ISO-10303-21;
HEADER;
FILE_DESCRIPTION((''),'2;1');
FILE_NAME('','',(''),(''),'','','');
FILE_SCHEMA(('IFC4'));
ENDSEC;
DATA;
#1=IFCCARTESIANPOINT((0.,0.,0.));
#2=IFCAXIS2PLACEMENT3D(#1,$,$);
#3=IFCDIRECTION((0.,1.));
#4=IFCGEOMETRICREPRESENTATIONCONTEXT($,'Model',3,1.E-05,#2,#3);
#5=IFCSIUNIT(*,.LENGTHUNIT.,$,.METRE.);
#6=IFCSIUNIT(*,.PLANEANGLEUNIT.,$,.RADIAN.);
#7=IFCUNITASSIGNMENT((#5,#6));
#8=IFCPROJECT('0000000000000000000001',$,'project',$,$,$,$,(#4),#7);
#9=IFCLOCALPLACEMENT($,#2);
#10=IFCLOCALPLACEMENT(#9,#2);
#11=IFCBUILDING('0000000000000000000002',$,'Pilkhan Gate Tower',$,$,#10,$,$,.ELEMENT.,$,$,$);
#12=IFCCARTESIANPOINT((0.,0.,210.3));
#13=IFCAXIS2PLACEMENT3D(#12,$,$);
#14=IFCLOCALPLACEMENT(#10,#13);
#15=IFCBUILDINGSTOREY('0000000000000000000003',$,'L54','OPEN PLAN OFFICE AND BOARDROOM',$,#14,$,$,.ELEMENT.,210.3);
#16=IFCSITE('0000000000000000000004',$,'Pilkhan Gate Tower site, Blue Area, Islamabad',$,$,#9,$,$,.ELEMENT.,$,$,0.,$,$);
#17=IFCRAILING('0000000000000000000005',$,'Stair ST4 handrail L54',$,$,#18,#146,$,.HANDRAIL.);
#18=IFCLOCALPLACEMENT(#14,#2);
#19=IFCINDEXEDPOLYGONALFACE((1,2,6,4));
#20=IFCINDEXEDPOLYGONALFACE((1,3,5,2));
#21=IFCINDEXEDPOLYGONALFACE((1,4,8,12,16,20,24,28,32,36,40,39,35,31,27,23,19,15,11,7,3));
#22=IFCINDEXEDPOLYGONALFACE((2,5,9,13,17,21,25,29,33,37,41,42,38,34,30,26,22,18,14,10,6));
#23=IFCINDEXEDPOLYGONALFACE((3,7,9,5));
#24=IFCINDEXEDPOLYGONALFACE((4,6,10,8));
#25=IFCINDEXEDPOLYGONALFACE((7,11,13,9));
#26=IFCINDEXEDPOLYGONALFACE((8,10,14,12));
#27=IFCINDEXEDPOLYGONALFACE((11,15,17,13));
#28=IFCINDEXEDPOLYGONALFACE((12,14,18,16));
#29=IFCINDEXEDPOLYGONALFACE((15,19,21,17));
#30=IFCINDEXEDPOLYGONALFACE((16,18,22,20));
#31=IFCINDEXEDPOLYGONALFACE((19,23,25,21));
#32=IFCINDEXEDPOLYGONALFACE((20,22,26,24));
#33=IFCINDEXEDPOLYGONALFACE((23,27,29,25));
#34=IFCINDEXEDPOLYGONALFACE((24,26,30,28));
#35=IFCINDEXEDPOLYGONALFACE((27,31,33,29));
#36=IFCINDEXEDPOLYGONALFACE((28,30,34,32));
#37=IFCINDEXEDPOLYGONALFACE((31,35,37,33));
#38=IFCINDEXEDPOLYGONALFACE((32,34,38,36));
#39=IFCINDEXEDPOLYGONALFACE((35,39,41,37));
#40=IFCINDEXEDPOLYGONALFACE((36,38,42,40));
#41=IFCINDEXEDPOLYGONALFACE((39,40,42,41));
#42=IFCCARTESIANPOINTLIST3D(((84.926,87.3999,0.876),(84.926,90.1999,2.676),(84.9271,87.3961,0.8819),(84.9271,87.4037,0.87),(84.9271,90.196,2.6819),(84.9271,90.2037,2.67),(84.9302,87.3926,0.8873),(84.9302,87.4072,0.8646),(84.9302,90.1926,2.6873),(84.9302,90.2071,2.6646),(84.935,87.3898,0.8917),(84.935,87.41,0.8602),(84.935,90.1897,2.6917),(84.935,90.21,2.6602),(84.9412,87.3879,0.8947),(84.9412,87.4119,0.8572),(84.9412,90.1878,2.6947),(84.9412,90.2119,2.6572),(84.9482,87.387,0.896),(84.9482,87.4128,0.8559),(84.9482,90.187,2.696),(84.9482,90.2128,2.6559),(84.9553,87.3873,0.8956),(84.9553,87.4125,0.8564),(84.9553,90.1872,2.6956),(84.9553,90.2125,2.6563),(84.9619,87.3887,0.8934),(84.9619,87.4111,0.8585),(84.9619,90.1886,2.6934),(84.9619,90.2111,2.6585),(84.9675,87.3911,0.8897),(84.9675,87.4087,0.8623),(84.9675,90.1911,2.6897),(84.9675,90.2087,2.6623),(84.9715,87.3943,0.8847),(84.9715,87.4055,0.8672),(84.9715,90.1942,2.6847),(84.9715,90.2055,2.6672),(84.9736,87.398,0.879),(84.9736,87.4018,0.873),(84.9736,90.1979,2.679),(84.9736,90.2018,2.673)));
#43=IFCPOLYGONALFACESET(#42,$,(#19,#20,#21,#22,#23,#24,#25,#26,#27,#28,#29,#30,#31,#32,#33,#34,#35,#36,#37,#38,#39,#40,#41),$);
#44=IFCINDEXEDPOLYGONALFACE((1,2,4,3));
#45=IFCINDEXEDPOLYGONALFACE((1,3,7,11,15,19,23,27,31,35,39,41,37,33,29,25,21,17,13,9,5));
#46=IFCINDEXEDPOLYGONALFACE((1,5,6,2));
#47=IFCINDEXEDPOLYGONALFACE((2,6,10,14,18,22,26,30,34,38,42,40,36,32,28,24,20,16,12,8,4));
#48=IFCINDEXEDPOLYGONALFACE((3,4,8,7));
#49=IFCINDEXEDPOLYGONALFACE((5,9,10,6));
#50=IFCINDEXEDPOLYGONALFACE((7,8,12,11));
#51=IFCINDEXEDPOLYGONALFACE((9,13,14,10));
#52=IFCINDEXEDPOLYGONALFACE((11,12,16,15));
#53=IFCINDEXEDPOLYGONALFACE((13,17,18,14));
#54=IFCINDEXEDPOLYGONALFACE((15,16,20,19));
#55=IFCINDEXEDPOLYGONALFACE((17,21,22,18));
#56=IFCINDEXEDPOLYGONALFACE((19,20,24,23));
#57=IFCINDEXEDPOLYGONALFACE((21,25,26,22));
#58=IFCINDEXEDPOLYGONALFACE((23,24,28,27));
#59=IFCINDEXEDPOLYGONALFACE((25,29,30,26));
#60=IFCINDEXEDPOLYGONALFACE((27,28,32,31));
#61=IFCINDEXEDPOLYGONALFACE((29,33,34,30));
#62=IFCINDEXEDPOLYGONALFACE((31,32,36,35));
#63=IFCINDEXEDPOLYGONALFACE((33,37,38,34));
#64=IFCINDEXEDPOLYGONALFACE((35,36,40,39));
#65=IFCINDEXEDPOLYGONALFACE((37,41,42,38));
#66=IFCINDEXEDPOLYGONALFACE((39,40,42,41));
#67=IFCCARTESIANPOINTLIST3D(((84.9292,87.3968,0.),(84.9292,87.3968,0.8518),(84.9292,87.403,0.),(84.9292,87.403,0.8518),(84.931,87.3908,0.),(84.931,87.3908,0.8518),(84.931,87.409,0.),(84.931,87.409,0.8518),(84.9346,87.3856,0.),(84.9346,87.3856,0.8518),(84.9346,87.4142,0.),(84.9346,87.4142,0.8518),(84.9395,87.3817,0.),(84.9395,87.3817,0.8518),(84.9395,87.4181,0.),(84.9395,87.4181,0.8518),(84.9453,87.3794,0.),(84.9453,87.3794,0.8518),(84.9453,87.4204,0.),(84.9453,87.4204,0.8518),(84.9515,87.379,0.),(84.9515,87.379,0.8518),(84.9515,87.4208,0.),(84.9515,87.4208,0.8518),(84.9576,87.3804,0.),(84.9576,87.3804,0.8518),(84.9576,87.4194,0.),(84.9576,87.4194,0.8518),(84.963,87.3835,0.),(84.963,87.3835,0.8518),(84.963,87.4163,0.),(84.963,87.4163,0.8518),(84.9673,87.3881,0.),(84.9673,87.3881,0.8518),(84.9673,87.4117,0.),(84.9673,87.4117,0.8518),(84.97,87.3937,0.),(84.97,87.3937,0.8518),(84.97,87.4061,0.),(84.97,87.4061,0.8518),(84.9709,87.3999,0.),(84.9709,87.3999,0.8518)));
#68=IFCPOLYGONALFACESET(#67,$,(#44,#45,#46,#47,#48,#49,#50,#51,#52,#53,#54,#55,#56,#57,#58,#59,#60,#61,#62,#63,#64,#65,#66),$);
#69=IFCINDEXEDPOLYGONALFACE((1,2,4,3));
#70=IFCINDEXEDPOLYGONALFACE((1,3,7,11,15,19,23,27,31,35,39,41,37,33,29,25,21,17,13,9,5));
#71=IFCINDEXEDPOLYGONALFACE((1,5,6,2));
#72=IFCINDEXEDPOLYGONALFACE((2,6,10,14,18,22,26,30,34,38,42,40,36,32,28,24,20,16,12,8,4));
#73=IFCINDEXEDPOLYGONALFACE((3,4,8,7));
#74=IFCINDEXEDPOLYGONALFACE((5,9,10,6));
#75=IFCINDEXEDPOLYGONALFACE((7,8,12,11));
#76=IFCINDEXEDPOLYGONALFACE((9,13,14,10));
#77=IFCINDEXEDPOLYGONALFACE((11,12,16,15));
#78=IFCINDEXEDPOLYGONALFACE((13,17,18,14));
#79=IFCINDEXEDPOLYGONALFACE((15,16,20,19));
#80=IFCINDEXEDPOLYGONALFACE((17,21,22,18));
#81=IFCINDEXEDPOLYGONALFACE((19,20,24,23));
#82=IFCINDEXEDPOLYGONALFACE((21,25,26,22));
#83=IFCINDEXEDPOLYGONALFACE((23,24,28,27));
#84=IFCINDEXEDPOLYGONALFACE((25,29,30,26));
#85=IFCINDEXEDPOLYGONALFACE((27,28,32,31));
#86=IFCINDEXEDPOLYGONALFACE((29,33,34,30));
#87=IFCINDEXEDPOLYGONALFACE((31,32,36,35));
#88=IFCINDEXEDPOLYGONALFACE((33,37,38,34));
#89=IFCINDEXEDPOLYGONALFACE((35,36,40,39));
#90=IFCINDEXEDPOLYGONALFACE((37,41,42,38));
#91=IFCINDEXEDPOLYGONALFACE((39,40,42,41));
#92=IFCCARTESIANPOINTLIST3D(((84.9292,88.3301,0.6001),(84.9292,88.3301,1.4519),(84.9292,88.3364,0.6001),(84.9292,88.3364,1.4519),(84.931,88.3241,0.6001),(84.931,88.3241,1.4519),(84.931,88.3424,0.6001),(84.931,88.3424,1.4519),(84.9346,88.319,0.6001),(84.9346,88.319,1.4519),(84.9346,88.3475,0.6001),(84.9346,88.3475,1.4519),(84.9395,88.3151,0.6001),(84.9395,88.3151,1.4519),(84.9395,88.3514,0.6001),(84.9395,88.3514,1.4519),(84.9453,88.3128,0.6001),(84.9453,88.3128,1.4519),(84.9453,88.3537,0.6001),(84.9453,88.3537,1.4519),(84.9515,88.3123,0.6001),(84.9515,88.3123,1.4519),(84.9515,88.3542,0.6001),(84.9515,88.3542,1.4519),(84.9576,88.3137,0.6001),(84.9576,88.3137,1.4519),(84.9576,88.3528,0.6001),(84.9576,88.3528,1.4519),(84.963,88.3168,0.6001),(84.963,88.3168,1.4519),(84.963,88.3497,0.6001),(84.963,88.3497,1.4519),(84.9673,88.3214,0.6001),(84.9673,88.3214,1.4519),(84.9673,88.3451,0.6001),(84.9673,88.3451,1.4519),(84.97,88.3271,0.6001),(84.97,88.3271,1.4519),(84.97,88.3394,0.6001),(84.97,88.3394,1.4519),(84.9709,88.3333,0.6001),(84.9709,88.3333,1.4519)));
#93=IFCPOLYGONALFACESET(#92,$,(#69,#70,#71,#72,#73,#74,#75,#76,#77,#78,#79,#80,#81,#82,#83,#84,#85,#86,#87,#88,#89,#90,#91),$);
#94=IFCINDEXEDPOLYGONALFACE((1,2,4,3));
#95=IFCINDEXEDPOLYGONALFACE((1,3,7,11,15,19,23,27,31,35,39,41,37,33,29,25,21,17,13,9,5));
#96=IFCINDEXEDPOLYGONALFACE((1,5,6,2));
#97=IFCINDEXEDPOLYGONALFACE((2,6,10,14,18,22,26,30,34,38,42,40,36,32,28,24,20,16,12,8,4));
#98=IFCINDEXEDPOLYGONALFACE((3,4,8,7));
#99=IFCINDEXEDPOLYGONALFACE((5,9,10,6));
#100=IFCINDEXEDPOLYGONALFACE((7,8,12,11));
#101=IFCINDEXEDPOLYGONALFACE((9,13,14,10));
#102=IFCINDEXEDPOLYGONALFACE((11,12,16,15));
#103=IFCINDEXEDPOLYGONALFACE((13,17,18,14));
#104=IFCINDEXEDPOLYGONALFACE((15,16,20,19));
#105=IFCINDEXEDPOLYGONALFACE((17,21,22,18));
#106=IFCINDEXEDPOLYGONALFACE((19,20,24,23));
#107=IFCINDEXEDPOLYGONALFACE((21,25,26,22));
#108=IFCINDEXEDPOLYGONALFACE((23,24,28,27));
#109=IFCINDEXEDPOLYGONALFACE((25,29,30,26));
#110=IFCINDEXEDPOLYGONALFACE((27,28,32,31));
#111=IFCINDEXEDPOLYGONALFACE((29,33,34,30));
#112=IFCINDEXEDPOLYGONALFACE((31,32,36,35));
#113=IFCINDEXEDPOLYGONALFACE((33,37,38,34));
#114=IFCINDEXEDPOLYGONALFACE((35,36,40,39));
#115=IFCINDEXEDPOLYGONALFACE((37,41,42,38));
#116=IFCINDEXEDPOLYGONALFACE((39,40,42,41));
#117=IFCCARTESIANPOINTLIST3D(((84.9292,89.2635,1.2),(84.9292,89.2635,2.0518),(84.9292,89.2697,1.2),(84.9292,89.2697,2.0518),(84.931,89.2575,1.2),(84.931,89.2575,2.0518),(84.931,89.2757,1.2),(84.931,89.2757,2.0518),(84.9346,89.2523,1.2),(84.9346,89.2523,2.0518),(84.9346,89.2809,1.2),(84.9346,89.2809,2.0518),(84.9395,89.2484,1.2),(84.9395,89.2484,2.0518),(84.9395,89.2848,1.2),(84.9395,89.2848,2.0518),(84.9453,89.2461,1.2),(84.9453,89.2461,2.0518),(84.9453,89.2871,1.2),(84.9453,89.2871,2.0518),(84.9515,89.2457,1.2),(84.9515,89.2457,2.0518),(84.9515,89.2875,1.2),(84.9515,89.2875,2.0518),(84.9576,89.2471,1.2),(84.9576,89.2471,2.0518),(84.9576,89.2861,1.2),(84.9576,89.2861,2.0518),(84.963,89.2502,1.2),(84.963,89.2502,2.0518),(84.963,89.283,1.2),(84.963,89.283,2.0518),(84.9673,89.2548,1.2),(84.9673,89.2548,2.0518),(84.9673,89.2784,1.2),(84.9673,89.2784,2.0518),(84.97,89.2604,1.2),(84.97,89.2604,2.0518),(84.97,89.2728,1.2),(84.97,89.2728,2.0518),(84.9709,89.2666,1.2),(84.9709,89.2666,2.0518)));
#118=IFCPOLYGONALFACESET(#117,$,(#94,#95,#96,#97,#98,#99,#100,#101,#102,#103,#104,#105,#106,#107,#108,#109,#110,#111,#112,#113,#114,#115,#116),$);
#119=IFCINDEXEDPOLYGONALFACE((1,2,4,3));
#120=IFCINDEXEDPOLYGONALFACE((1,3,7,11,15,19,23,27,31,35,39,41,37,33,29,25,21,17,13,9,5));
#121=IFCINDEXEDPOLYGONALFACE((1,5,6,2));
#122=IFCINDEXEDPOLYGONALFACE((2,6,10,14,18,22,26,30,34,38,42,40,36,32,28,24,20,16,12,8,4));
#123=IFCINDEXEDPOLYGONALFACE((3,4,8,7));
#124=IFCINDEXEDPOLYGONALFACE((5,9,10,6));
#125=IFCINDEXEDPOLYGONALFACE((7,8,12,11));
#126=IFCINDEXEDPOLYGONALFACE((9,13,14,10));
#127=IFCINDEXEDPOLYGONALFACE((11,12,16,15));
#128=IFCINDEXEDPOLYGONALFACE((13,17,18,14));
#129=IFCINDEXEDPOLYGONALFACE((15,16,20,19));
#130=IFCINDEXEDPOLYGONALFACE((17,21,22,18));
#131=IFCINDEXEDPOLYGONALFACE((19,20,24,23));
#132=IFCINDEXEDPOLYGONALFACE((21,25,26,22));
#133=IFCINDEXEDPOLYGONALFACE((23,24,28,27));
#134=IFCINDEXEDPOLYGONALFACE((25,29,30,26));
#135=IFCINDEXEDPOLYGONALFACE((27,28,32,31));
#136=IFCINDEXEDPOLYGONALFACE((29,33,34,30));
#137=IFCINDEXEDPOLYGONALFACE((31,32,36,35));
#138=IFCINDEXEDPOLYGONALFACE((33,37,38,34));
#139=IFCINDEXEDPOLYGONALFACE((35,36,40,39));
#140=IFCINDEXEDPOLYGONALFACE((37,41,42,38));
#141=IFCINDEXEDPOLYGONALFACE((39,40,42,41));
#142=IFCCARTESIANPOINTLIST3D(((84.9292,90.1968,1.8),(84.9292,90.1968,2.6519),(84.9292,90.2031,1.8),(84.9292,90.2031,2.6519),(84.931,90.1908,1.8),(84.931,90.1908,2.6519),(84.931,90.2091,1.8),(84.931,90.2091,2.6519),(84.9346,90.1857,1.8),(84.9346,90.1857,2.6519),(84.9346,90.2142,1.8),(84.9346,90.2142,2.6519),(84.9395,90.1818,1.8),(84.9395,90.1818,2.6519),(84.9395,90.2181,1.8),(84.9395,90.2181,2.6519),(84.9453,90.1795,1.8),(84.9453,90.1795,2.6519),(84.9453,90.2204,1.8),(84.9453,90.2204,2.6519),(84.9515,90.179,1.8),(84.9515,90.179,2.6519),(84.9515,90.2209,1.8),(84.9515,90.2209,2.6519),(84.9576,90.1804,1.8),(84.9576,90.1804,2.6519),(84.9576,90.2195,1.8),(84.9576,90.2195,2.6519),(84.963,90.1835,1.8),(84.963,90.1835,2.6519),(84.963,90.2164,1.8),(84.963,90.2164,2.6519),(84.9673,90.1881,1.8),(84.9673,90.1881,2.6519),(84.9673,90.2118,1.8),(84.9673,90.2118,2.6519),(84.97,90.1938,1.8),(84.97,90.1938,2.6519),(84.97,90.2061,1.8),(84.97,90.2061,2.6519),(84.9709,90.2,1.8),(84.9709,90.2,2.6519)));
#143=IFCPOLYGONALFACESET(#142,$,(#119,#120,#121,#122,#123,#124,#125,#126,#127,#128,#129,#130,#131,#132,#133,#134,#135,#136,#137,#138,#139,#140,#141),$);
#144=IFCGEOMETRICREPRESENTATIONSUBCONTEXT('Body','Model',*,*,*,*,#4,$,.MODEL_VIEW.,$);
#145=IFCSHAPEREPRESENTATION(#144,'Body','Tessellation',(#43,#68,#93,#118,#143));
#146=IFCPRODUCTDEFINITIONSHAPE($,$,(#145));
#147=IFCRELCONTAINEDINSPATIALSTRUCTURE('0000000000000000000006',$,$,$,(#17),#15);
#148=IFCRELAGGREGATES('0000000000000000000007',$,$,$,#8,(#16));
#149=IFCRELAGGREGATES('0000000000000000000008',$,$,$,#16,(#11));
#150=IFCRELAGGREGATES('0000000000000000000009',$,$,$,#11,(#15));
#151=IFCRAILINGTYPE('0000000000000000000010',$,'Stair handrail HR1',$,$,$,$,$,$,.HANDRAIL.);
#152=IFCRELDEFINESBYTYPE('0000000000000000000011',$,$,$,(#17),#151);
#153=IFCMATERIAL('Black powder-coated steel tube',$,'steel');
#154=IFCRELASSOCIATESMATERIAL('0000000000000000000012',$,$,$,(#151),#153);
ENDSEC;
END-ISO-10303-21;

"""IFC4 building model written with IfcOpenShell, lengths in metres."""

from ifc_helpers import new_model, si_unit, direction, frame, origin, origin_2d, place, context, subcontext, project, spatial, circle, extrude, material, type_object, element, save


model = new_model("IFC4")

# Units and contexts
model_context = context("Model", 3, precision=1e-05, world=origin(), true_north=direction((0.0, 1.0)))
body_context = subcontext(model_context, "Body", "Model", "MODEL_VIEW")
ifc_project = project(units=[si_unit("LENGTHUNIT", "METRE"), si_unit("PLANEANGLEUNIT", "RADIAN")], contexts=[model_context])

# Site, building, storey
site_placement = place(None, origin())
site = spatial("IfcSite", under=ifc_project, at=site_placement, Name="Pilkhan Gate Tower site, Blue Area, Islamabad", CompositionType="ELEMENT", RefElevation=0.0)
building_placement = place(site_placement, origin())
building = spatial("IfcBuilding", under=site, at=building_placement, Name="Pilkhan Gate Tower", CompositionType="ELEMENT")
storey_placement = place(building_placement, frame((0.0, 0.0, 210.3)))
storey = spatial("IfcBuildingStorey", under=building, at=storey_placement, Name="L54", Description="OPEN PLAN OFFICE AND BOARDROOM", CompositionType="ELEMENT", Elevation=210.3)

# Railing
ifc_material_1 = material(Name="Black powder-coated steel tube", Category="steel")
railing_type_1 = type_object("IfcRailingType", Name="Stair handrail HR1", PredefinedType="HANDRAIL", material=ifc_material_1)
railing_1_placement = place(storey_placement, frame((84.95, 87.3999, 0.0)))
element("IfcRailing", 1, at=railing_1_placement, inside=storey, type_object=railing_type_1, Name="Stair ST4 handrail L54", PredefinedType="HANDRAIL", context=body_context, shape_type="SweptSolid", body=[
    extrude(circle(Radius=0.0239, at=origin_2d()), frame((0.0, 0.0, 0.876), z_axis=(0.0, 0.841176, 0.540761), x_axis=(-1.0, 0.0, 0.0)), (0.0, 0.0, 1.0), 3.3286),
    extrude(circle(Radius=0.021, at=origin_2d()), origin(), (0.0, 0.0, 1.0), 0.8518),
    extrude(circle(Radius=0.021, at=origin_2d()), frame((0.0, 0.9333, 0.6001)), (0.0, 0.0, 1.0), 0.8518),
    extrude(circle(Radius=0.021, at=origin_2d()), frame((0.0, 1.8667, 1.2)), (0.0, 0.0, 1.0), 0.8518),
    extrude(circle(Radius=0.021, at=origin_2d()), frame((0.0, 2.8, 1.8)), (0.0, 0.0, 1.0), 0.8518),
])

save(model, "model.ifc")
